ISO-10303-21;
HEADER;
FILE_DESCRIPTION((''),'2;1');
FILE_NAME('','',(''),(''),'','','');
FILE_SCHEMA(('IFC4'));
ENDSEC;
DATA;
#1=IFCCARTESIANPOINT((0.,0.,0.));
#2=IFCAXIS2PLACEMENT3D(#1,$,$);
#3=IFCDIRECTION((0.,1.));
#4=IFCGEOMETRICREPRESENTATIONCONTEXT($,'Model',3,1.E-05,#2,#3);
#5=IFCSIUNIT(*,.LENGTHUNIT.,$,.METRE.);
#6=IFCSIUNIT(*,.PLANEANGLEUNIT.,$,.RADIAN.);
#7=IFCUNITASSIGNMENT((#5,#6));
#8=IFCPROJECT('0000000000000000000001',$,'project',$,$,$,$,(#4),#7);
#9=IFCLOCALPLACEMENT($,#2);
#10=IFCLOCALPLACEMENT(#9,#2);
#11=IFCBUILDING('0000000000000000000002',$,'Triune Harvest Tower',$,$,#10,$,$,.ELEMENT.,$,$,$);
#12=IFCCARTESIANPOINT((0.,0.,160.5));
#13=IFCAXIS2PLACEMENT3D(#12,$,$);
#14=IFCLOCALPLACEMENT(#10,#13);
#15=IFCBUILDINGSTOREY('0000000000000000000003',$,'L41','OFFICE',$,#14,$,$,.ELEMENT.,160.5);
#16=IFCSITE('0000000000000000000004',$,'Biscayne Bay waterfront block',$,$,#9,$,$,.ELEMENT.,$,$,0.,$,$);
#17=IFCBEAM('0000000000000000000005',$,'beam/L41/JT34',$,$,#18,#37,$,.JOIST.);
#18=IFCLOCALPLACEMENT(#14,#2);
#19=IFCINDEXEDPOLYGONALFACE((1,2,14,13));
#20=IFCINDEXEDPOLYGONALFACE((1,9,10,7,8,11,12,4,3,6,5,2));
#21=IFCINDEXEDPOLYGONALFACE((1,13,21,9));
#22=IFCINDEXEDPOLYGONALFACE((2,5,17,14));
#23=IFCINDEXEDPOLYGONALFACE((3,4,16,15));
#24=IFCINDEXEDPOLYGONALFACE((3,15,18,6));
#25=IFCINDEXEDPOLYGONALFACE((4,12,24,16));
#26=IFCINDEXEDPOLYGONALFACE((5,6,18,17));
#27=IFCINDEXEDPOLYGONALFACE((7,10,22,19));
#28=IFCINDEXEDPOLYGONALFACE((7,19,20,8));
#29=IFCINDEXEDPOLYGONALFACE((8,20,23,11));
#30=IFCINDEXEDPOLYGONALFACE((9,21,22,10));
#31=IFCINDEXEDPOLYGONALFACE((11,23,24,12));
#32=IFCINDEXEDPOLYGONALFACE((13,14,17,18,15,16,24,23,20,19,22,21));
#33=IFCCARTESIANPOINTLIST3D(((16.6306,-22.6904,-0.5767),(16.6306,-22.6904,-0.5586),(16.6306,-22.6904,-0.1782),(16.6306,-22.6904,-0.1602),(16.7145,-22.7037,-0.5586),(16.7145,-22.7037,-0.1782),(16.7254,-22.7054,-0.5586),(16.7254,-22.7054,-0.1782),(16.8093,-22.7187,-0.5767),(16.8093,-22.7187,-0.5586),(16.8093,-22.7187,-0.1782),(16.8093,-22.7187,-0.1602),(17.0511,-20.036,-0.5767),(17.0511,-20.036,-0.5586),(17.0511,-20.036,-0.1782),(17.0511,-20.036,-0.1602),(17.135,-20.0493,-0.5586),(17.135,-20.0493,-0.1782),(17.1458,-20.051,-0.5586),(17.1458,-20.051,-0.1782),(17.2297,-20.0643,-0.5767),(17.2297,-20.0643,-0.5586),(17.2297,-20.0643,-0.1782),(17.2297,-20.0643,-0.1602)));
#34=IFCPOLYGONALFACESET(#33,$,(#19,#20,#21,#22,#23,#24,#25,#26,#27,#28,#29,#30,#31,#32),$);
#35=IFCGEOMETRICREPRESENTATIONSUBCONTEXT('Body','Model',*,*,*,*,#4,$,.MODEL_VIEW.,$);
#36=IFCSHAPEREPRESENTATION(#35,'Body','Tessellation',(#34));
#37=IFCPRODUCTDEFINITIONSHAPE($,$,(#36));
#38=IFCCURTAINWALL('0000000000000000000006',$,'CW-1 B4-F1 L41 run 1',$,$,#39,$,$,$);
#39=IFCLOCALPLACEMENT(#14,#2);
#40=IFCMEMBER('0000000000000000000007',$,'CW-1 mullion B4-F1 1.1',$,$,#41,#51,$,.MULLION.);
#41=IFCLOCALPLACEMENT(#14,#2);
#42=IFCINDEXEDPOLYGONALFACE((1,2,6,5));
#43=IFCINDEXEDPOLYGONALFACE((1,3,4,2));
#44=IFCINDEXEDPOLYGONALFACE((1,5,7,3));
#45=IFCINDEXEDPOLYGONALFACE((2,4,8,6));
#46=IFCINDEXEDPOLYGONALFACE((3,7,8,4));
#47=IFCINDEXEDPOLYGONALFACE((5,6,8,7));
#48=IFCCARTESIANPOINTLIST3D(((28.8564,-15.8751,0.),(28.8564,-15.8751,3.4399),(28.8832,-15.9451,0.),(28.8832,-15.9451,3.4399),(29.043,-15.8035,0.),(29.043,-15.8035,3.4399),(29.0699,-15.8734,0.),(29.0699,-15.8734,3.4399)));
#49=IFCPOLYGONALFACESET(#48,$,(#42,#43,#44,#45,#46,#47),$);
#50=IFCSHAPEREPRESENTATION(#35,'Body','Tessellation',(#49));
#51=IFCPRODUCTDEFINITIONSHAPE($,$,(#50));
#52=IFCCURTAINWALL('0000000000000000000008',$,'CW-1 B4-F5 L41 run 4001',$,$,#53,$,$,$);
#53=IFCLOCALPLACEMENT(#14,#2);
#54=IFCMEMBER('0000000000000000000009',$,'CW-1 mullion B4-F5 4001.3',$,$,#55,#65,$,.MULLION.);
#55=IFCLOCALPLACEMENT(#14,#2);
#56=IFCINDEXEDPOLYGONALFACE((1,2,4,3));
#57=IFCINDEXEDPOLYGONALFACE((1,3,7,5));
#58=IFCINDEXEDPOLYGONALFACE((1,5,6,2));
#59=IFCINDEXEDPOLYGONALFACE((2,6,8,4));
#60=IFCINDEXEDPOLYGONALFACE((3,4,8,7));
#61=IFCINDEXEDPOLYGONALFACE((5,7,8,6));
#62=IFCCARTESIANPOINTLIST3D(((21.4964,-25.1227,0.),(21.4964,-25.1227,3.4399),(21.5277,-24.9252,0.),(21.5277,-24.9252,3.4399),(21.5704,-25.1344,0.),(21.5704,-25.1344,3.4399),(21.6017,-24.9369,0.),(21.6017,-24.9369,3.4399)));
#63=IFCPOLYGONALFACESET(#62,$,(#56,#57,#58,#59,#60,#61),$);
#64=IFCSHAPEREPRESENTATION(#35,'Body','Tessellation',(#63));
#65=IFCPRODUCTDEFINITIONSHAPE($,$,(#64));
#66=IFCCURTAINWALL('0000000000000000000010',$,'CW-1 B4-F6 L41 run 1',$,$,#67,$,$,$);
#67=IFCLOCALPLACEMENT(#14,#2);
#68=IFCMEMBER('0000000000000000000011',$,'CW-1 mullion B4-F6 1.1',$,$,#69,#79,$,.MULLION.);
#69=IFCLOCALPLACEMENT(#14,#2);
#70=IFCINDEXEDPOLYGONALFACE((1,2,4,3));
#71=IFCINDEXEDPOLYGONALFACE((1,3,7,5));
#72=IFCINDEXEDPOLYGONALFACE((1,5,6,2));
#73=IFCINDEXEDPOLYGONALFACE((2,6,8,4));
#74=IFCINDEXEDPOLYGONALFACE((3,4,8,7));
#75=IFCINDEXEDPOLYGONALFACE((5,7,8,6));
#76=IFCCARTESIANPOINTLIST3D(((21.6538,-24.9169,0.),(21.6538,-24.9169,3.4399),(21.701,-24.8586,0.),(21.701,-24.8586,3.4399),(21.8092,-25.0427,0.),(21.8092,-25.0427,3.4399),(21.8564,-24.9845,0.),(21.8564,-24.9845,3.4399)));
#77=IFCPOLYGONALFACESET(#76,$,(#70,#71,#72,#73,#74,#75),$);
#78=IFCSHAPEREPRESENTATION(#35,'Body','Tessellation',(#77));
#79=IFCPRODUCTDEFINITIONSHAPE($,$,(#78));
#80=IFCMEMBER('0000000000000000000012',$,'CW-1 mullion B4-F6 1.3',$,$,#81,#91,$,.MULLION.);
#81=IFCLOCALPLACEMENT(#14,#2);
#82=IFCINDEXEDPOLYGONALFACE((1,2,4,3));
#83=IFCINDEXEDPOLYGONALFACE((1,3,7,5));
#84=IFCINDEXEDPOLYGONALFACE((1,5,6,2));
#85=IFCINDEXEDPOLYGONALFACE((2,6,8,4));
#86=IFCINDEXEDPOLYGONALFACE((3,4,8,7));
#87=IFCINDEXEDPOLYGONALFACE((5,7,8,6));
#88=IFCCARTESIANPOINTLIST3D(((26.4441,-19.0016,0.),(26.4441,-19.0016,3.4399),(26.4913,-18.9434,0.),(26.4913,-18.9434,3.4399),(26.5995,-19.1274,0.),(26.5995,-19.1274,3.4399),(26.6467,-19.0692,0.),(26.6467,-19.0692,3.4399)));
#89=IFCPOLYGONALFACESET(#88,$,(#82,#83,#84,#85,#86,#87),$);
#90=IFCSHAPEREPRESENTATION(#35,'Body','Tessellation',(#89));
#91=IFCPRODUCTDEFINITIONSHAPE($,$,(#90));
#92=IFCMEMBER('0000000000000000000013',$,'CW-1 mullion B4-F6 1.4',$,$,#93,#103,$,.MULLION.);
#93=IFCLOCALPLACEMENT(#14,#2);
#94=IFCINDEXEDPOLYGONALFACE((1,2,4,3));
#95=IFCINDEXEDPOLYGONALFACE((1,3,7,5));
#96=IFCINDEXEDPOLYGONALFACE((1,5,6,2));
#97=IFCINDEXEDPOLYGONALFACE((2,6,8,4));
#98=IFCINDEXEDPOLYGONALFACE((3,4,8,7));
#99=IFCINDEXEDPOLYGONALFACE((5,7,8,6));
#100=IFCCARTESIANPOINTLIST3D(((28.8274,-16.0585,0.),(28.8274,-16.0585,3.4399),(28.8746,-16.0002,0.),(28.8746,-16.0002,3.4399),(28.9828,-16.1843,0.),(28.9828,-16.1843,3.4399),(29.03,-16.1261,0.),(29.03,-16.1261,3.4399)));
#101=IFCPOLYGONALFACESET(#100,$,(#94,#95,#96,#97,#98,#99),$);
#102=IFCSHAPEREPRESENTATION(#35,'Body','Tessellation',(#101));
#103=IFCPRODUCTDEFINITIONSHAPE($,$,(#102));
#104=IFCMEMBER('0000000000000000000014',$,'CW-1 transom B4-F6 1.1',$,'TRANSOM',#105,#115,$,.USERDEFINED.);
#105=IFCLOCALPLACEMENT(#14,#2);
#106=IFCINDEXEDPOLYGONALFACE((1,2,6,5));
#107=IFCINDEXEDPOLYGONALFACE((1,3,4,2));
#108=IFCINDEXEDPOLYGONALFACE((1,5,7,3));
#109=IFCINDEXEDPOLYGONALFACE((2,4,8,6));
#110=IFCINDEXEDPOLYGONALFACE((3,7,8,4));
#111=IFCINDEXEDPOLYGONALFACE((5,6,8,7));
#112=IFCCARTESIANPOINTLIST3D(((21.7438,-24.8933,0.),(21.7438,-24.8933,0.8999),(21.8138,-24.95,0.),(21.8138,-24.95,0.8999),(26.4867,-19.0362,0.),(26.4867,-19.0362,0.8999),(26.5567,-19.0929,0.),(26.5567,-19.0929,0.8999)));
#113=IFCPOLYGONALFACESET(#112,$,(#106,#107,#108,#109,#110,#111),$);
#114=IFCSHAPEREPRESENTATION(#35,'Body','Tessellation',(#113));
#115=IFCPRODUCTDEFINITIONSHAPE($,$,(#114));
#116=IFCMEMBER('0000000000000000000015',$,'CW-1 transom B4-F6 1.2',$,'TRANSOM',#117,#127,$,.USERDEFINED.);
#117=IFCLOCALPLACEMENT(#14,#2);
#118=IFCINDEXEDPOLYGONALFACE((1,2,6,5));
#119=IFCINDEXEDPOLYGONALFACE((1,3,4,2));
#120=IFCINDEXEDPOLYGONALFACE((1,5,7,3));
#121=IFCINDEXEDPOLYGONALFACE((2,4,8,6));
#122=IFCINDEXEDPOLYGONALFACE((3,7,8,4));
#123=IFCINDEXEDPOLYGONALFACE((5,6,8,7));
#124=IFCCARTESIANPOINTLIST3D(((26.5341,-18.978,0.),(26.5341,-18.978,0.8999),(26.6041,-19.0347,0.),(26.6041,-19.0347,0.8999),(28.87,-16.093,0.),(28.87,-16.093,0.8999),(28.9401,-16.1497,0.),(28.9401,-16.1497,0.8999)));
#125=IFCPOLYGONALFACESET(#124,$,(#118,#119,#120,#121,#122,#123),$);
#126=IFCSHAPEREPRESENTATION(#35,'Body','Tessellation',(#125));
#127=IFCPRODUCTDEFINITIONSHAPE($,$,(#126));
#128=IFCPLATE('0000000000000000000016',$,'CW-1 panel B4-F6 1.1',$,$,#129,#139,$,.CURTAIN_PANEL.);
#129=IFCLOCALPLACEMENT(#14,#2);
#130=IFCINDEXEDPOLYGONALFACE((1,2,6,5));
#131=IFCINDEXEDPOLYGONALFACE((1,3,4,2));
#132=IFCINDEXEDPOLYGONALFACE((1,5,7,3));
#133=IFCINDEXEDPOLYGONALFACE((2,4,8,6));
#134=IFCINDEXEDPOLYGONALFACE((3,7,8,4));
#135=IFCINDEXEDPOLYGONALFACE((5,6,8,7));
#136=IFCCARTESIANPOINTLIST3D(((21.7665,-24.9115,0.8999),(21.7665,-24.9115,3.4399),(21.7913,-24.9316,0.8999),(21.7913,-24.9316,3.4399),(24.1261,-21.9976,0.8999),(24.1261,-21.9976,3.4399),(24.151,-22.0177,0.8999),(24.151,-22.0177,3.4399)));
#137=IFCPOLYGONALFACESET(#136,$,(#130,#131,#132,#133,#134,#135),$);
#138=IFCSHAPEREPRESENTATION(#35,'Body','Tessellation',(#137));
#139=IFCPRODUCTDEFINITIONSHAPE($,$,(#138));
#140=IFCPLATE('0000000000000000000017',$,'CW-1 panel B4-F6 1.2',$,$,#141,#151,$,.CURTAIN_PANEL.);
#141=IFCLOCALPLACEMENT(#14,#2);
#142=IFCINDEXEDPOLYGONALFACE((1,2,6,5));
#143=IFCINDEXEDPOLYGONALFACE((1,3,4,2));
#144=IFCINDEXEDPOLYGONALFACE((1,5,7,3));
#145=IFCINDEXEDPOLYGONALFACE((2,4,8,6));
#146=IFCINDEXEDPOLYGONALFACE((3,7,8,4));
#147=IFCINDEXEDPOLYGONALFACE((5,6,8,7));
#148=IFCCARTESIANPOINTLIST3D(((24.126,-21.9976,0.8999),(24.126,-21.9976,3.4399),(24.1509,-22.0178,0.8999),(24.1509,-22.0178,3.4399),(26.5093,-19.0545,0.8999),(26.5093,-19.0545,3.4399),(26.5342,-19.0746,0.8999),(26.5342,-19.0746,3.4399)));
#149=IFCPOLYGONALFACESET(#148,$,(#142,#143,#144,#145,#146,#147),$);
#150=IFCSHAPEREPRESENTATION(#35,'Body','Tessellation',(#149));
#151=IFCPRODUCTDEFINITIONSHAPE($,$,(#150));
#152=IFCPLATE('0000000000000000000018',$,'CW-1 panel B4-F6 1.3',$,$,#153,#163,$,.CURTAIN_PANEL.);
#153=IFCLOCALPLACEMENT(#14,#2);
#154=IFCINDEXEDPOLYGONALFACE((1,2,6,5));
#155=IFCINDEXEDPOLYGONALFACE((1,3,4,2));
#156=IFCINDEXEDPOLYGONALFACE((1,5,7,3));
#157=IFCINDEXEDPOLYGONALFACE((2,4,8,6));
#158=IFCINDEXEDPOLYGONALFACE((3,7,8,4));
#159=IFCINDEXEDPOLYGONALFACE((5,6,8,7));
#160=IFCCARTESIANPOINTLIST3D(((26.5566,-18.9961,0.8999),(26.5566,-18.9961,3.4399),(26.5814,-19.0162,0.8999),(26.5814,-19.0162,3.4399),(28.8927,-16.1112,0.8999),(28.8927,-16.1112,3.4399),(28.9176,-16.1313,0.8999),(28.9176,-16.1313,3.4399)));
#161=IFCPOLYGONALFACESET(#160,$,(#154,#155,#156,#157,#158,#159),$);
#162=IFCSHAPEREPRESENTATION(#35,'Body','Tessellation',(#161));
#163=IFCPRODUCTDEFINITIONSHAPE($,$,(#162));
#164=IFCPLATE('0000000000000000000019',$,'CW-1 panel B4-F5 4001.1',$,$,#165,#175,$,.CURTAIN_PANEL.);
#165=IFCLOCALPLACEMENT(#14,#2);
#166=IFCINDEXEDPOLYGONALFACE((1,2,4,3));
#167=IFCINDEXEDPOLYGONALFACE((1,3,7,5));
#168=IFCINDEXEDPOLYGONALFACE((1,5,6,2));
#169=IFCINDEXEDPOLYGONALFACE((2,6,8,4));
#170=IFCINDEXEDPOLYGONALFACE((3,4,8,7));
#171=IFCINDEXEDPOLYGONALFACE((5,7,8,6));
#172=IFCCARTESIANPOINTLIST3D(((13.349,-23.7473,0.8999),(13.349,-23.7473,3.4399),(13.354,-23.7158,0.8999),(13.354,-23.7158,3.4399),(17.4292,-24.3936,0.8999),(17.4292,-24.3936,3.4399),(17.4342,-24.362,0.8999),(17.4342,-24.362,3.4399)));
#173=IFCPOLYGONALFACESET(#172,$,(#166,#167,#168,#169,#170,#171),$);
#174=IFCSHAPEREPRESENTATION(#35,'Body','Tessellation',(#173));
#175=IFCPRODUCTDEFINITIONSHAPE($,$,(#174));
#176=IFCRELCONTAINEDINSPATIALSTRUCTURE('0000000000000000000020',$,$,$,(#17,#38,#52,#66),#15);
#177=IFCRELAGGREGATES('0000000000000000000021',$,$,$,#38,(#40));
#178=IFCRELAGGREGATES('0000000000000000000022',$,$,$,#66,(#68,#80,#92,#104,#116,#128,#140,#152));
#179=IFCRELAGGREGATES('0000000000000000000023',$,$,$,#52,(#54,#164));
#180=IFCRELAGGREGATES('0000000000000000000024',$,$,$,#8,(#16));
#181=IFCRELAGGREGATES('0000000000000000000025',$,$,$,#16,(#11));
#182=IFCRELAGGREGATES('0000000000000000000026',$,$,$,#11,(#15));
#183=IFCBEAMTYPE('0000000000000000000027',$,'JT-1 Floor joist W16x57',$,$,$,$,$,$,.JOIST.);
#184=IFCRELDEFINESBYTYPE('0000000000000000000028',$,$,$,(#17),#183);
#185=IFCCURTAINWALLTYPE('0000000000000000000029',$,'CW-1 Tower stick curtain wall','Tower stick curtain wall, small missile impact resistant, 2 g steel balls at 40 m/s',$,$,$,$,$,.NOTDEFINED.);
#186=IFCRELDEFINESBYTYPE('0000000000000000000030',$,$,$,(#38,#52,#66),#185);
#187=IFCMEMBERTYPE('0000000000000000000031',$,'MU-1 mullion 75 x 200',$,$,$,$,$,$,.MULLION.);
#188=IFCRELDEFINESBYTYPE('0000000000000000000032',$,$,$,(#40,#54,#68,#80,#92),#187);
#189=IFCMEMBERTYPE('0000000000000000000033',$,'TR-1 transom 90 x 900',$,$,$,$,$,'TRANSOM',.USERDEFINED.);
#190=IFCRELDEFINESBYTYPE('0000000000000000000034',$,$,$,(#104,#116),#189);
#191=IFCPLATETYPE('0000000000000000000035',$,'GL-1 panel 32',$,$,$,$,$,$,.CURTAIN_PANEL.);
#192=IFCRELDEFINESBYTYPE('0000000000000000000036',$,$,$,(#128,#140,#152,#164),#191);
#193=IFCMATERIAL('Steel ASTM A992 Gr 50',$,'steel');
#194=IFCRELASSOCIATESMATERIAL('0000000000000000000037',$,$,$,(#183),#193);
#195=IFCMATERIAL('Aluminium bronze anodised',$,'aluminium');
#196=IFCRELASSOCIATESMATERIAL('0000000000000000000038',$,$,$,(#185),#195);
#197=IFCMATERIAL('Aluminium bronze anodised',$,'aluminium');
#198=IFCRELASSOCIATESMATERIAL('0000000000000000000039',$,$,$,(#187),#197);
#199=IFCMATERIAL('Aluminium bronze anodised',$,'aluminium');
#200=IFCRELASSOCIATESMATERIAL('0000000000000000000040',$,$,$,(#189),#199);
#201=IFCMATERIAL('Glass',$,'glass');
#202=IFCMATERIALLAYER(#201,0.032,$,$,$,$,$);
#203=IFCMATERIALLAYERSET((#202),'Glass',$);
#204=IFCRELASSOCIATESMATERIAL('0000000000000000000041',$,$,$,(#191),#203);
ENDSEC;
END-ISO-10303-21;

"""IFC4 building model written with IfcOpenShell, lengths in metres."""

from ifc_helpers import new_model, si_unit, direction, frame, origin, origin_2d, place, context, subcontext, project, spatial, rectangle, i_section, extrude, source, transform, mapped, material, layer, layer_set, material_profile, profile_set, type_object, element, aggregate, save


model = new_model("IFC4")

# Units and contexts
model_context = context("Model", 3, precision=1e-05, world=origin(), true_north=direction((0.0, 1.0)))
body_context = subcontext(model_context, "Body", "Model", "MODEL_VIEW")
ifc_project = project(units=[si_unit("LENGTHUNIT", "METRE"), si_unit("PLANEANGLEUNIT", "RADIAN")], contexts=[model_context])

# Site, building, storey
site_placement = place(None, origin())
site = spatial("IfcSite", under=ifc_project, at=site_placement, Name="Biscayne Bay waterfront block", CompositionType="ELEMENT", RefElevation=0.0)
building_placement = place(site_placement, origin())
building = spatial("IfcBuilding", under=site, at=building_placement, Name="Triune Harvest Tower", CompositionType="ELEMENT")
storey_placement = place(building_placement, frame((0.0, 0.0, 160.5)))
storey = spatial("IfcBuildingStorey", under=building, at=storey_placement, Name="L41", Description="OFFICE", CompositionType="ELEMENT", Elevation=160.5)

# Beam
ifc_material_1 = material(Name="Steel ASTM A992 Gr 50", Category="steel")
ifc_material_profile_1 = material_profile(ifc_material_1, i_section(OverallWidth=0.1809, OverallDepth=0.4165, WebThickness=0.011, FlangeThickness=0.0181, at=origin_2d()), Name="W16x57")
ifc_profile_set_1 = profile_set([ifc_material_profile_1], Name="Steel ASTM A992 Gr 50")
beam_type_1 = type_object("IfcBeamType", Name="JT-1 Floor joist W16x57", PredefinedType="JOIST", material=ifc_profile_set_1)
shared_shape_1 = source(origin(), body_context, "Body", "SweptSolid", [
    extrude(i_section(OverallWidth=0.1809, OverallDepth=0.4165, WebThickness=0.011, FlangeThickness=0.0181, at=origin_2d()), origin(), (0.0, 0.0, 1.0), 2.6875),
])
beam_1_placement = place(storey_placement, frame((16.72, -22.7046, -0.3684), z_axis=(0.156438, 0.987688, 0.0), x_axis=(-0.987688, 0.156438, 0.0)))
element("IfcBeam", 1, at=beam_1_placement, inside=storey, type_object=beam_type_1, Name="beam/L41/JT34", PredefinedType="JOIST", context=body_context, shape_type="MappedRepresentation", body=[
    mapped(shared_shape_1, transform((0.0, 0.0, 0.0), scale=1.0)),
])

# Curtain walls, members
ifc_material_2 = material(Name="Aluminium bronze anodised", Category="aluminium")
curtain_wall_type = type_object("IfcCurtainWallType", Name="CW-1 Tower stick curtain wall", Description="Tower stick curtain wall, small missile impact resistant, 2 g steel balls at 40 m/s", PredefinedType="NOTDEFINED", material=ifc_material_2)
curtain_wall_1_placement = place(storey_placement, origin())
curtain_wall_1 = element("IfcCurtainWall", 2, at=curtain_wall_1_placement, inside=storey, type_object=curtain_wall_type, Name="CW-1 B4-F1 L41 run 1")
ifc_material_3 = material(Name="Aluminium bronze anodised", Category="aluminium")
ifc_material_profile_2 = material_profile(ifc_material_3, rectangle(XDim=0.2, YDim=0.075, at=origin_2d()), Name="MU-1 mullion 75 x 200")
ifc_profile_set_2 = profile_set([ifc_material_profile_2], Name="Aluminium bronze anodised")
member_type_1 = type_object("IfcMemberType", Name="MU-1 mullion 75 x 200", PredefinedType="MULLION", material=ifc_profile_set_2)
shared_shape_2 = source(origin(), body_context, "Body", "SweptSolid", [
    extrude(rectangle(XDim=0.2, YDim=0.075, at=origin_2d()), origin(), (0.0, 0.0, 1.0), 3.4399),
])
member_1_placement = place(storey_placement, frame((28.9631, -15.8743, 0.0), z_axis=(0.0, 0.0, 1.0), x_axis=(-0.933577, -0.358376, 0.0)))
member_1 = element("IfcMember", 3, at=member_1_placement, type_object=member_type_1, Name="CW-1 mullion B4-F1 1.1", PredefinedType="MULLION", context=body_context, shape_type="MappedRepresentation", body=[
    mapped(shared_shape_2, transform((0.0, 0.0, 0.0), scale=1.0)),
])
aggregate(curtain_wall_1, [member_1])
curtain_wall_2_placement = place(storey_placement, origin())
curtain_wall_2 = element("IfcCurtainWall", 4, at=curtain_wall_2_placement, inside=storey, type_object=curtain_wall_type, Name="CW-1 B4-F5 L41 run 4001")
member_2_placement = place(storey_placement, frame((21.5491, -25.0298, 0.0), z_axis=(0.0, 0.0, 1.0), x_axis=(0.15644, 0.987687, 0.0)))
member_2 = element("IfcMember", 5, at=member_2_placement, type_object=member_type_1, Name="CW-1 mullion B4-F5 4001.3", PredefinedType="MULLION", context=body_context, shape_type="MappedRepresentation", body=[
    mapped(shared_shape_2, transform((0.0, 0.0, 0.0), scale=1.0)),
])

# Curtain wall, members, plates
curtain_wall_3_placement = place(storey_placement, origin())
curtain_wall_3 = element("IfcCurtainWall", 6, at=curtain_wall_3_placement, inside=storey, type_object=curtain_wall_type, Name="CW-1 B4-F6 L41 run 1")
member_3_placement = place(storey_placement, frame((21.7551, -24.9507, 0.0), z_axis=(0.0, 0.0, 1.0), x_axis=(-0.777146, 0.629321, 0.0)))
member_3 = element("IfcMember", 7, at=member_3_placement, type_object=member_type_1, Name="CW-1 mullion B4-F6 1.1", PredefinedType="MULLION", context=body_context, shape_type="MappedRepresentation", body=[
    mapped(shared_shape_2, transform((0.0, 0.0, 0.0), scale=1.0)),
])
member_4_placement = place(storey_placement, frame((26.5454, -19.0354, 0.0), z_axis=(0.0, 0.0, 1.0), x_axis=(-0.777146, 0.629321, 0.0)))
member_4 = element("IfcMember", 8, at=member_4_placement, type_object=member_type_1, Name="CW-1 mullion B4-F6 1.3", PredefinedType="MULLION", context=body_context, shape_type="MappedRepresentation", body=[
    mapped(shared_shape_2, transform((0.0, 0.0, 0.0), scale=1.0)),
])
member_5_placement = place(storey_placement, frame((28.9287, -16.0923, 0.0), z_axis=(0.0, 0.0, 1.0), x_axis=(-0.777146, 0.629321, 0.0)))
member_5 = element("IfcMember", 9, at=member_5_placement, type_object=member_type_1, Name="CW-1 mullion B4-F6 1.4", PredefinedType="MULLION", context=body_context, shape_type="MappedRepresentation", body=[
    mapped(shared_shape_2, transform((0.0, 0.0, 0.0), scale=1.0)),
])
ifc_material_4 = material(Name="Aluminium bronze anodised", Category="aluminium")
ifc_material_profile_3 = material_profile(ifc_material_4, rectangle(XDim=0.0901, YDim=0.8999, at=origin_2d()), Name="TR-1 transom 90 x 900")
ifc_profile_set_3 = profile_set([ifc_material_profile_3], Name="Aluminium bronze anodised")
member_type_2 = type_object("IfcMemberType", Name="TR-1 transom 90 x 900", ElementType="TRANSOM", PredefinedType="USERDEFINED", material=ifc_profile_set_3)
shared_shape_3 = source(origin(), body_context, "Body", "SweptSolid", [
    extrude(rectangle(XDim=0.0901, YDim=0.8999, at=origin_2d()), origin(), (0.0, 0.0, 1.0), 7.5366),
])
member_6_placement = place(storey_placement, frame((21.7788, -24.9216, 0.45), z_axis=(0.62931, 0.777154, 0.0), x_axis=(-0.777154, 0.62931, 0.0)))
member_6 = element("IfcMember", 10, at=member_6_placement, type_object=member_type_2, Name="CW-1 transom B4-F6 1.1", ObjectType="TRANSOM", PredefinedType="USERDEFINED", context=body_context, shape_type="MappedRepresentation", body=[
    mapped(shared_shape_3, transform((0.0, 0.0, 0.0), scale=1.0)),
])
shared_shape_4 = source(origin(), body_context, "Body", "SweptSolid", [
    extrude(rectangle(XDim=0.0901, YDim=0.8999, at=origin_2d()), origin(), (0.0, 0.0, 1.0), 3.7122),
])
member_7_placement = place(storey_placement, frame((26.5691, -19.0063, 0.45), z_axis=(0.629272, 0.777185, 0.0), x_axis=(-0.777185, 0.629272, 0.0)))
member_7 = element("IfcMember", 11, at=member_7_placement, type_object=member_type_2, Name="CW-1 transom B4-F6 1.2", ObjectType="TRANSOM", PredefinedType="USERDEFINED", context=body_context, shape_type="MappedRepresentation", body=[
    mapped(shared_shape_4, transform((0.0, 0.0, 0.0), scale=1.0)),
])
ifc_material_5 = material(Name="Glass", Category="glass")
ifc_layer_1 = layer(ifc_material_5, 0.032)
ifc_layer_set_1 = layer_set([ifc_layer_1], Name="Glass")
plate_type = type_object("IfcPlateType", Name="GL-1 panel 32", PredefinedType="CURTAIN_PANEL", material=ifc_layer_set_1)
shared_shape_5 = source(origin(), body_context, "Body", "SweptSolid", [
    extrude(rectangle(XDim=3.7495, YDim=0.032, at=origin_2d()), origin(), (0.0, 0.0, 1.0), 2.54),
])
plate_1_placement = place(storey_placement, frame((22.9587, -23.4646, 0.8999), z_axis=(0.0, 0.0, 1.0), x_axis=(0.629321, 0.777146, 0.0)))
plate_1 = element("IfcPlate", 12, at=plate_1_placement, type_object=plate_type, Name="CW-1 panel B4-F6 1.1", PredefinedType="CURTAIN_PANEL", context=body_context, shape_type="MappedRepresentation", body=[
    mapped(shared_shape_5, transform((0.0, 0.0, 0.0), scale=1.0)),
])
shared_shape_6 = source(origin(), body_context, "Body", "SweptSolid", [
    extrude(rectangle(XDim=3.7871, YDim=0.032, at=origin_2d()), origin(), (0.0, 0.0, 1.0), 2.54),
])
plate_2_placement = place(storey_placement, frame((25.3301, -20.5361, 0.8999), z_axis=(0.0, 0.0, 1.0), x_axis=(0.629321, 0.777146, 0.0)))
plate_2 = element("IfcPlate", 13, at=plate_2_placement, type_object=plate_type, Name="CW-1 panel B4-F6 1.2", PredefinedType="CURTAIN_PANEL", context=body_context, shape_type="MappedRepresentation", body=[
    mapped(shared_shape_6, transform((0.0, 0.0, 0.0), scale=1.0)),
])
shared_shape_7 = source(origin(), body_context, "Body", "SweptSolid", [
    extrude(rectangle(XDim=3.7122, YDim=0.032, at=origin_2d()), origin(), (0.0, 0.0, 1.0), 2.54),
])
plate_3_placement = place(storey_placement, frame((27.7371, -17.5637, 0.8999), z_axis=(0.0, 0.0, 1.0), x_axis=(0.629321, 0.777146, 0.0)))
plate_3 = element("IfcPlate", 14, at=plate_3_placement, type_object=plate_type, Name="CW-1 panel B4-F6 1.3", PredefinedType="CURTAIN_PANEL", context=body_context, shape_type="MappedRepresentation", body=[
    mapped(shared_shape_7, transform((0.0, 0.0, 0.0), scale=1.0)),
])
aggregate(curtain_wall_3, [member_3, member_4, member_5, member_6, member_7, plate_1, plate_2, plate_3])

# Plate
shared_shape_8 = source(origin(), body_context, "Body", "SweptSolid", [
    extrude(rectangle(XDim=4.1311, YDim=0.032, at=origin_2d()), origin(), (0.0, 0.0, 1.0), 2.54),
])
plate_4_placement = place(storey_placement, frame((15.3916, -24.0547, 0.8999), z_axis=(0.0, 0.0, 1.0), x_axis=(0.987687, -0.15644, 0.0)))
plate_4 = element("IfcPlate", 15, at=plate_4_placement, type_object=plate_type, Name="CW-1 panel B4-F5 4001.1", PredefinedType="CURTAIN_PANEL", context=body_context, shape_type="MappedRepresentation", body=[
    mapped(shared_shape_8, transform((0.0, 0.0, 0.0), scale=1.0)),
])
aggregate(curtain_wall_2, [member_2, plate_4])

save(model, "model.ifc")
